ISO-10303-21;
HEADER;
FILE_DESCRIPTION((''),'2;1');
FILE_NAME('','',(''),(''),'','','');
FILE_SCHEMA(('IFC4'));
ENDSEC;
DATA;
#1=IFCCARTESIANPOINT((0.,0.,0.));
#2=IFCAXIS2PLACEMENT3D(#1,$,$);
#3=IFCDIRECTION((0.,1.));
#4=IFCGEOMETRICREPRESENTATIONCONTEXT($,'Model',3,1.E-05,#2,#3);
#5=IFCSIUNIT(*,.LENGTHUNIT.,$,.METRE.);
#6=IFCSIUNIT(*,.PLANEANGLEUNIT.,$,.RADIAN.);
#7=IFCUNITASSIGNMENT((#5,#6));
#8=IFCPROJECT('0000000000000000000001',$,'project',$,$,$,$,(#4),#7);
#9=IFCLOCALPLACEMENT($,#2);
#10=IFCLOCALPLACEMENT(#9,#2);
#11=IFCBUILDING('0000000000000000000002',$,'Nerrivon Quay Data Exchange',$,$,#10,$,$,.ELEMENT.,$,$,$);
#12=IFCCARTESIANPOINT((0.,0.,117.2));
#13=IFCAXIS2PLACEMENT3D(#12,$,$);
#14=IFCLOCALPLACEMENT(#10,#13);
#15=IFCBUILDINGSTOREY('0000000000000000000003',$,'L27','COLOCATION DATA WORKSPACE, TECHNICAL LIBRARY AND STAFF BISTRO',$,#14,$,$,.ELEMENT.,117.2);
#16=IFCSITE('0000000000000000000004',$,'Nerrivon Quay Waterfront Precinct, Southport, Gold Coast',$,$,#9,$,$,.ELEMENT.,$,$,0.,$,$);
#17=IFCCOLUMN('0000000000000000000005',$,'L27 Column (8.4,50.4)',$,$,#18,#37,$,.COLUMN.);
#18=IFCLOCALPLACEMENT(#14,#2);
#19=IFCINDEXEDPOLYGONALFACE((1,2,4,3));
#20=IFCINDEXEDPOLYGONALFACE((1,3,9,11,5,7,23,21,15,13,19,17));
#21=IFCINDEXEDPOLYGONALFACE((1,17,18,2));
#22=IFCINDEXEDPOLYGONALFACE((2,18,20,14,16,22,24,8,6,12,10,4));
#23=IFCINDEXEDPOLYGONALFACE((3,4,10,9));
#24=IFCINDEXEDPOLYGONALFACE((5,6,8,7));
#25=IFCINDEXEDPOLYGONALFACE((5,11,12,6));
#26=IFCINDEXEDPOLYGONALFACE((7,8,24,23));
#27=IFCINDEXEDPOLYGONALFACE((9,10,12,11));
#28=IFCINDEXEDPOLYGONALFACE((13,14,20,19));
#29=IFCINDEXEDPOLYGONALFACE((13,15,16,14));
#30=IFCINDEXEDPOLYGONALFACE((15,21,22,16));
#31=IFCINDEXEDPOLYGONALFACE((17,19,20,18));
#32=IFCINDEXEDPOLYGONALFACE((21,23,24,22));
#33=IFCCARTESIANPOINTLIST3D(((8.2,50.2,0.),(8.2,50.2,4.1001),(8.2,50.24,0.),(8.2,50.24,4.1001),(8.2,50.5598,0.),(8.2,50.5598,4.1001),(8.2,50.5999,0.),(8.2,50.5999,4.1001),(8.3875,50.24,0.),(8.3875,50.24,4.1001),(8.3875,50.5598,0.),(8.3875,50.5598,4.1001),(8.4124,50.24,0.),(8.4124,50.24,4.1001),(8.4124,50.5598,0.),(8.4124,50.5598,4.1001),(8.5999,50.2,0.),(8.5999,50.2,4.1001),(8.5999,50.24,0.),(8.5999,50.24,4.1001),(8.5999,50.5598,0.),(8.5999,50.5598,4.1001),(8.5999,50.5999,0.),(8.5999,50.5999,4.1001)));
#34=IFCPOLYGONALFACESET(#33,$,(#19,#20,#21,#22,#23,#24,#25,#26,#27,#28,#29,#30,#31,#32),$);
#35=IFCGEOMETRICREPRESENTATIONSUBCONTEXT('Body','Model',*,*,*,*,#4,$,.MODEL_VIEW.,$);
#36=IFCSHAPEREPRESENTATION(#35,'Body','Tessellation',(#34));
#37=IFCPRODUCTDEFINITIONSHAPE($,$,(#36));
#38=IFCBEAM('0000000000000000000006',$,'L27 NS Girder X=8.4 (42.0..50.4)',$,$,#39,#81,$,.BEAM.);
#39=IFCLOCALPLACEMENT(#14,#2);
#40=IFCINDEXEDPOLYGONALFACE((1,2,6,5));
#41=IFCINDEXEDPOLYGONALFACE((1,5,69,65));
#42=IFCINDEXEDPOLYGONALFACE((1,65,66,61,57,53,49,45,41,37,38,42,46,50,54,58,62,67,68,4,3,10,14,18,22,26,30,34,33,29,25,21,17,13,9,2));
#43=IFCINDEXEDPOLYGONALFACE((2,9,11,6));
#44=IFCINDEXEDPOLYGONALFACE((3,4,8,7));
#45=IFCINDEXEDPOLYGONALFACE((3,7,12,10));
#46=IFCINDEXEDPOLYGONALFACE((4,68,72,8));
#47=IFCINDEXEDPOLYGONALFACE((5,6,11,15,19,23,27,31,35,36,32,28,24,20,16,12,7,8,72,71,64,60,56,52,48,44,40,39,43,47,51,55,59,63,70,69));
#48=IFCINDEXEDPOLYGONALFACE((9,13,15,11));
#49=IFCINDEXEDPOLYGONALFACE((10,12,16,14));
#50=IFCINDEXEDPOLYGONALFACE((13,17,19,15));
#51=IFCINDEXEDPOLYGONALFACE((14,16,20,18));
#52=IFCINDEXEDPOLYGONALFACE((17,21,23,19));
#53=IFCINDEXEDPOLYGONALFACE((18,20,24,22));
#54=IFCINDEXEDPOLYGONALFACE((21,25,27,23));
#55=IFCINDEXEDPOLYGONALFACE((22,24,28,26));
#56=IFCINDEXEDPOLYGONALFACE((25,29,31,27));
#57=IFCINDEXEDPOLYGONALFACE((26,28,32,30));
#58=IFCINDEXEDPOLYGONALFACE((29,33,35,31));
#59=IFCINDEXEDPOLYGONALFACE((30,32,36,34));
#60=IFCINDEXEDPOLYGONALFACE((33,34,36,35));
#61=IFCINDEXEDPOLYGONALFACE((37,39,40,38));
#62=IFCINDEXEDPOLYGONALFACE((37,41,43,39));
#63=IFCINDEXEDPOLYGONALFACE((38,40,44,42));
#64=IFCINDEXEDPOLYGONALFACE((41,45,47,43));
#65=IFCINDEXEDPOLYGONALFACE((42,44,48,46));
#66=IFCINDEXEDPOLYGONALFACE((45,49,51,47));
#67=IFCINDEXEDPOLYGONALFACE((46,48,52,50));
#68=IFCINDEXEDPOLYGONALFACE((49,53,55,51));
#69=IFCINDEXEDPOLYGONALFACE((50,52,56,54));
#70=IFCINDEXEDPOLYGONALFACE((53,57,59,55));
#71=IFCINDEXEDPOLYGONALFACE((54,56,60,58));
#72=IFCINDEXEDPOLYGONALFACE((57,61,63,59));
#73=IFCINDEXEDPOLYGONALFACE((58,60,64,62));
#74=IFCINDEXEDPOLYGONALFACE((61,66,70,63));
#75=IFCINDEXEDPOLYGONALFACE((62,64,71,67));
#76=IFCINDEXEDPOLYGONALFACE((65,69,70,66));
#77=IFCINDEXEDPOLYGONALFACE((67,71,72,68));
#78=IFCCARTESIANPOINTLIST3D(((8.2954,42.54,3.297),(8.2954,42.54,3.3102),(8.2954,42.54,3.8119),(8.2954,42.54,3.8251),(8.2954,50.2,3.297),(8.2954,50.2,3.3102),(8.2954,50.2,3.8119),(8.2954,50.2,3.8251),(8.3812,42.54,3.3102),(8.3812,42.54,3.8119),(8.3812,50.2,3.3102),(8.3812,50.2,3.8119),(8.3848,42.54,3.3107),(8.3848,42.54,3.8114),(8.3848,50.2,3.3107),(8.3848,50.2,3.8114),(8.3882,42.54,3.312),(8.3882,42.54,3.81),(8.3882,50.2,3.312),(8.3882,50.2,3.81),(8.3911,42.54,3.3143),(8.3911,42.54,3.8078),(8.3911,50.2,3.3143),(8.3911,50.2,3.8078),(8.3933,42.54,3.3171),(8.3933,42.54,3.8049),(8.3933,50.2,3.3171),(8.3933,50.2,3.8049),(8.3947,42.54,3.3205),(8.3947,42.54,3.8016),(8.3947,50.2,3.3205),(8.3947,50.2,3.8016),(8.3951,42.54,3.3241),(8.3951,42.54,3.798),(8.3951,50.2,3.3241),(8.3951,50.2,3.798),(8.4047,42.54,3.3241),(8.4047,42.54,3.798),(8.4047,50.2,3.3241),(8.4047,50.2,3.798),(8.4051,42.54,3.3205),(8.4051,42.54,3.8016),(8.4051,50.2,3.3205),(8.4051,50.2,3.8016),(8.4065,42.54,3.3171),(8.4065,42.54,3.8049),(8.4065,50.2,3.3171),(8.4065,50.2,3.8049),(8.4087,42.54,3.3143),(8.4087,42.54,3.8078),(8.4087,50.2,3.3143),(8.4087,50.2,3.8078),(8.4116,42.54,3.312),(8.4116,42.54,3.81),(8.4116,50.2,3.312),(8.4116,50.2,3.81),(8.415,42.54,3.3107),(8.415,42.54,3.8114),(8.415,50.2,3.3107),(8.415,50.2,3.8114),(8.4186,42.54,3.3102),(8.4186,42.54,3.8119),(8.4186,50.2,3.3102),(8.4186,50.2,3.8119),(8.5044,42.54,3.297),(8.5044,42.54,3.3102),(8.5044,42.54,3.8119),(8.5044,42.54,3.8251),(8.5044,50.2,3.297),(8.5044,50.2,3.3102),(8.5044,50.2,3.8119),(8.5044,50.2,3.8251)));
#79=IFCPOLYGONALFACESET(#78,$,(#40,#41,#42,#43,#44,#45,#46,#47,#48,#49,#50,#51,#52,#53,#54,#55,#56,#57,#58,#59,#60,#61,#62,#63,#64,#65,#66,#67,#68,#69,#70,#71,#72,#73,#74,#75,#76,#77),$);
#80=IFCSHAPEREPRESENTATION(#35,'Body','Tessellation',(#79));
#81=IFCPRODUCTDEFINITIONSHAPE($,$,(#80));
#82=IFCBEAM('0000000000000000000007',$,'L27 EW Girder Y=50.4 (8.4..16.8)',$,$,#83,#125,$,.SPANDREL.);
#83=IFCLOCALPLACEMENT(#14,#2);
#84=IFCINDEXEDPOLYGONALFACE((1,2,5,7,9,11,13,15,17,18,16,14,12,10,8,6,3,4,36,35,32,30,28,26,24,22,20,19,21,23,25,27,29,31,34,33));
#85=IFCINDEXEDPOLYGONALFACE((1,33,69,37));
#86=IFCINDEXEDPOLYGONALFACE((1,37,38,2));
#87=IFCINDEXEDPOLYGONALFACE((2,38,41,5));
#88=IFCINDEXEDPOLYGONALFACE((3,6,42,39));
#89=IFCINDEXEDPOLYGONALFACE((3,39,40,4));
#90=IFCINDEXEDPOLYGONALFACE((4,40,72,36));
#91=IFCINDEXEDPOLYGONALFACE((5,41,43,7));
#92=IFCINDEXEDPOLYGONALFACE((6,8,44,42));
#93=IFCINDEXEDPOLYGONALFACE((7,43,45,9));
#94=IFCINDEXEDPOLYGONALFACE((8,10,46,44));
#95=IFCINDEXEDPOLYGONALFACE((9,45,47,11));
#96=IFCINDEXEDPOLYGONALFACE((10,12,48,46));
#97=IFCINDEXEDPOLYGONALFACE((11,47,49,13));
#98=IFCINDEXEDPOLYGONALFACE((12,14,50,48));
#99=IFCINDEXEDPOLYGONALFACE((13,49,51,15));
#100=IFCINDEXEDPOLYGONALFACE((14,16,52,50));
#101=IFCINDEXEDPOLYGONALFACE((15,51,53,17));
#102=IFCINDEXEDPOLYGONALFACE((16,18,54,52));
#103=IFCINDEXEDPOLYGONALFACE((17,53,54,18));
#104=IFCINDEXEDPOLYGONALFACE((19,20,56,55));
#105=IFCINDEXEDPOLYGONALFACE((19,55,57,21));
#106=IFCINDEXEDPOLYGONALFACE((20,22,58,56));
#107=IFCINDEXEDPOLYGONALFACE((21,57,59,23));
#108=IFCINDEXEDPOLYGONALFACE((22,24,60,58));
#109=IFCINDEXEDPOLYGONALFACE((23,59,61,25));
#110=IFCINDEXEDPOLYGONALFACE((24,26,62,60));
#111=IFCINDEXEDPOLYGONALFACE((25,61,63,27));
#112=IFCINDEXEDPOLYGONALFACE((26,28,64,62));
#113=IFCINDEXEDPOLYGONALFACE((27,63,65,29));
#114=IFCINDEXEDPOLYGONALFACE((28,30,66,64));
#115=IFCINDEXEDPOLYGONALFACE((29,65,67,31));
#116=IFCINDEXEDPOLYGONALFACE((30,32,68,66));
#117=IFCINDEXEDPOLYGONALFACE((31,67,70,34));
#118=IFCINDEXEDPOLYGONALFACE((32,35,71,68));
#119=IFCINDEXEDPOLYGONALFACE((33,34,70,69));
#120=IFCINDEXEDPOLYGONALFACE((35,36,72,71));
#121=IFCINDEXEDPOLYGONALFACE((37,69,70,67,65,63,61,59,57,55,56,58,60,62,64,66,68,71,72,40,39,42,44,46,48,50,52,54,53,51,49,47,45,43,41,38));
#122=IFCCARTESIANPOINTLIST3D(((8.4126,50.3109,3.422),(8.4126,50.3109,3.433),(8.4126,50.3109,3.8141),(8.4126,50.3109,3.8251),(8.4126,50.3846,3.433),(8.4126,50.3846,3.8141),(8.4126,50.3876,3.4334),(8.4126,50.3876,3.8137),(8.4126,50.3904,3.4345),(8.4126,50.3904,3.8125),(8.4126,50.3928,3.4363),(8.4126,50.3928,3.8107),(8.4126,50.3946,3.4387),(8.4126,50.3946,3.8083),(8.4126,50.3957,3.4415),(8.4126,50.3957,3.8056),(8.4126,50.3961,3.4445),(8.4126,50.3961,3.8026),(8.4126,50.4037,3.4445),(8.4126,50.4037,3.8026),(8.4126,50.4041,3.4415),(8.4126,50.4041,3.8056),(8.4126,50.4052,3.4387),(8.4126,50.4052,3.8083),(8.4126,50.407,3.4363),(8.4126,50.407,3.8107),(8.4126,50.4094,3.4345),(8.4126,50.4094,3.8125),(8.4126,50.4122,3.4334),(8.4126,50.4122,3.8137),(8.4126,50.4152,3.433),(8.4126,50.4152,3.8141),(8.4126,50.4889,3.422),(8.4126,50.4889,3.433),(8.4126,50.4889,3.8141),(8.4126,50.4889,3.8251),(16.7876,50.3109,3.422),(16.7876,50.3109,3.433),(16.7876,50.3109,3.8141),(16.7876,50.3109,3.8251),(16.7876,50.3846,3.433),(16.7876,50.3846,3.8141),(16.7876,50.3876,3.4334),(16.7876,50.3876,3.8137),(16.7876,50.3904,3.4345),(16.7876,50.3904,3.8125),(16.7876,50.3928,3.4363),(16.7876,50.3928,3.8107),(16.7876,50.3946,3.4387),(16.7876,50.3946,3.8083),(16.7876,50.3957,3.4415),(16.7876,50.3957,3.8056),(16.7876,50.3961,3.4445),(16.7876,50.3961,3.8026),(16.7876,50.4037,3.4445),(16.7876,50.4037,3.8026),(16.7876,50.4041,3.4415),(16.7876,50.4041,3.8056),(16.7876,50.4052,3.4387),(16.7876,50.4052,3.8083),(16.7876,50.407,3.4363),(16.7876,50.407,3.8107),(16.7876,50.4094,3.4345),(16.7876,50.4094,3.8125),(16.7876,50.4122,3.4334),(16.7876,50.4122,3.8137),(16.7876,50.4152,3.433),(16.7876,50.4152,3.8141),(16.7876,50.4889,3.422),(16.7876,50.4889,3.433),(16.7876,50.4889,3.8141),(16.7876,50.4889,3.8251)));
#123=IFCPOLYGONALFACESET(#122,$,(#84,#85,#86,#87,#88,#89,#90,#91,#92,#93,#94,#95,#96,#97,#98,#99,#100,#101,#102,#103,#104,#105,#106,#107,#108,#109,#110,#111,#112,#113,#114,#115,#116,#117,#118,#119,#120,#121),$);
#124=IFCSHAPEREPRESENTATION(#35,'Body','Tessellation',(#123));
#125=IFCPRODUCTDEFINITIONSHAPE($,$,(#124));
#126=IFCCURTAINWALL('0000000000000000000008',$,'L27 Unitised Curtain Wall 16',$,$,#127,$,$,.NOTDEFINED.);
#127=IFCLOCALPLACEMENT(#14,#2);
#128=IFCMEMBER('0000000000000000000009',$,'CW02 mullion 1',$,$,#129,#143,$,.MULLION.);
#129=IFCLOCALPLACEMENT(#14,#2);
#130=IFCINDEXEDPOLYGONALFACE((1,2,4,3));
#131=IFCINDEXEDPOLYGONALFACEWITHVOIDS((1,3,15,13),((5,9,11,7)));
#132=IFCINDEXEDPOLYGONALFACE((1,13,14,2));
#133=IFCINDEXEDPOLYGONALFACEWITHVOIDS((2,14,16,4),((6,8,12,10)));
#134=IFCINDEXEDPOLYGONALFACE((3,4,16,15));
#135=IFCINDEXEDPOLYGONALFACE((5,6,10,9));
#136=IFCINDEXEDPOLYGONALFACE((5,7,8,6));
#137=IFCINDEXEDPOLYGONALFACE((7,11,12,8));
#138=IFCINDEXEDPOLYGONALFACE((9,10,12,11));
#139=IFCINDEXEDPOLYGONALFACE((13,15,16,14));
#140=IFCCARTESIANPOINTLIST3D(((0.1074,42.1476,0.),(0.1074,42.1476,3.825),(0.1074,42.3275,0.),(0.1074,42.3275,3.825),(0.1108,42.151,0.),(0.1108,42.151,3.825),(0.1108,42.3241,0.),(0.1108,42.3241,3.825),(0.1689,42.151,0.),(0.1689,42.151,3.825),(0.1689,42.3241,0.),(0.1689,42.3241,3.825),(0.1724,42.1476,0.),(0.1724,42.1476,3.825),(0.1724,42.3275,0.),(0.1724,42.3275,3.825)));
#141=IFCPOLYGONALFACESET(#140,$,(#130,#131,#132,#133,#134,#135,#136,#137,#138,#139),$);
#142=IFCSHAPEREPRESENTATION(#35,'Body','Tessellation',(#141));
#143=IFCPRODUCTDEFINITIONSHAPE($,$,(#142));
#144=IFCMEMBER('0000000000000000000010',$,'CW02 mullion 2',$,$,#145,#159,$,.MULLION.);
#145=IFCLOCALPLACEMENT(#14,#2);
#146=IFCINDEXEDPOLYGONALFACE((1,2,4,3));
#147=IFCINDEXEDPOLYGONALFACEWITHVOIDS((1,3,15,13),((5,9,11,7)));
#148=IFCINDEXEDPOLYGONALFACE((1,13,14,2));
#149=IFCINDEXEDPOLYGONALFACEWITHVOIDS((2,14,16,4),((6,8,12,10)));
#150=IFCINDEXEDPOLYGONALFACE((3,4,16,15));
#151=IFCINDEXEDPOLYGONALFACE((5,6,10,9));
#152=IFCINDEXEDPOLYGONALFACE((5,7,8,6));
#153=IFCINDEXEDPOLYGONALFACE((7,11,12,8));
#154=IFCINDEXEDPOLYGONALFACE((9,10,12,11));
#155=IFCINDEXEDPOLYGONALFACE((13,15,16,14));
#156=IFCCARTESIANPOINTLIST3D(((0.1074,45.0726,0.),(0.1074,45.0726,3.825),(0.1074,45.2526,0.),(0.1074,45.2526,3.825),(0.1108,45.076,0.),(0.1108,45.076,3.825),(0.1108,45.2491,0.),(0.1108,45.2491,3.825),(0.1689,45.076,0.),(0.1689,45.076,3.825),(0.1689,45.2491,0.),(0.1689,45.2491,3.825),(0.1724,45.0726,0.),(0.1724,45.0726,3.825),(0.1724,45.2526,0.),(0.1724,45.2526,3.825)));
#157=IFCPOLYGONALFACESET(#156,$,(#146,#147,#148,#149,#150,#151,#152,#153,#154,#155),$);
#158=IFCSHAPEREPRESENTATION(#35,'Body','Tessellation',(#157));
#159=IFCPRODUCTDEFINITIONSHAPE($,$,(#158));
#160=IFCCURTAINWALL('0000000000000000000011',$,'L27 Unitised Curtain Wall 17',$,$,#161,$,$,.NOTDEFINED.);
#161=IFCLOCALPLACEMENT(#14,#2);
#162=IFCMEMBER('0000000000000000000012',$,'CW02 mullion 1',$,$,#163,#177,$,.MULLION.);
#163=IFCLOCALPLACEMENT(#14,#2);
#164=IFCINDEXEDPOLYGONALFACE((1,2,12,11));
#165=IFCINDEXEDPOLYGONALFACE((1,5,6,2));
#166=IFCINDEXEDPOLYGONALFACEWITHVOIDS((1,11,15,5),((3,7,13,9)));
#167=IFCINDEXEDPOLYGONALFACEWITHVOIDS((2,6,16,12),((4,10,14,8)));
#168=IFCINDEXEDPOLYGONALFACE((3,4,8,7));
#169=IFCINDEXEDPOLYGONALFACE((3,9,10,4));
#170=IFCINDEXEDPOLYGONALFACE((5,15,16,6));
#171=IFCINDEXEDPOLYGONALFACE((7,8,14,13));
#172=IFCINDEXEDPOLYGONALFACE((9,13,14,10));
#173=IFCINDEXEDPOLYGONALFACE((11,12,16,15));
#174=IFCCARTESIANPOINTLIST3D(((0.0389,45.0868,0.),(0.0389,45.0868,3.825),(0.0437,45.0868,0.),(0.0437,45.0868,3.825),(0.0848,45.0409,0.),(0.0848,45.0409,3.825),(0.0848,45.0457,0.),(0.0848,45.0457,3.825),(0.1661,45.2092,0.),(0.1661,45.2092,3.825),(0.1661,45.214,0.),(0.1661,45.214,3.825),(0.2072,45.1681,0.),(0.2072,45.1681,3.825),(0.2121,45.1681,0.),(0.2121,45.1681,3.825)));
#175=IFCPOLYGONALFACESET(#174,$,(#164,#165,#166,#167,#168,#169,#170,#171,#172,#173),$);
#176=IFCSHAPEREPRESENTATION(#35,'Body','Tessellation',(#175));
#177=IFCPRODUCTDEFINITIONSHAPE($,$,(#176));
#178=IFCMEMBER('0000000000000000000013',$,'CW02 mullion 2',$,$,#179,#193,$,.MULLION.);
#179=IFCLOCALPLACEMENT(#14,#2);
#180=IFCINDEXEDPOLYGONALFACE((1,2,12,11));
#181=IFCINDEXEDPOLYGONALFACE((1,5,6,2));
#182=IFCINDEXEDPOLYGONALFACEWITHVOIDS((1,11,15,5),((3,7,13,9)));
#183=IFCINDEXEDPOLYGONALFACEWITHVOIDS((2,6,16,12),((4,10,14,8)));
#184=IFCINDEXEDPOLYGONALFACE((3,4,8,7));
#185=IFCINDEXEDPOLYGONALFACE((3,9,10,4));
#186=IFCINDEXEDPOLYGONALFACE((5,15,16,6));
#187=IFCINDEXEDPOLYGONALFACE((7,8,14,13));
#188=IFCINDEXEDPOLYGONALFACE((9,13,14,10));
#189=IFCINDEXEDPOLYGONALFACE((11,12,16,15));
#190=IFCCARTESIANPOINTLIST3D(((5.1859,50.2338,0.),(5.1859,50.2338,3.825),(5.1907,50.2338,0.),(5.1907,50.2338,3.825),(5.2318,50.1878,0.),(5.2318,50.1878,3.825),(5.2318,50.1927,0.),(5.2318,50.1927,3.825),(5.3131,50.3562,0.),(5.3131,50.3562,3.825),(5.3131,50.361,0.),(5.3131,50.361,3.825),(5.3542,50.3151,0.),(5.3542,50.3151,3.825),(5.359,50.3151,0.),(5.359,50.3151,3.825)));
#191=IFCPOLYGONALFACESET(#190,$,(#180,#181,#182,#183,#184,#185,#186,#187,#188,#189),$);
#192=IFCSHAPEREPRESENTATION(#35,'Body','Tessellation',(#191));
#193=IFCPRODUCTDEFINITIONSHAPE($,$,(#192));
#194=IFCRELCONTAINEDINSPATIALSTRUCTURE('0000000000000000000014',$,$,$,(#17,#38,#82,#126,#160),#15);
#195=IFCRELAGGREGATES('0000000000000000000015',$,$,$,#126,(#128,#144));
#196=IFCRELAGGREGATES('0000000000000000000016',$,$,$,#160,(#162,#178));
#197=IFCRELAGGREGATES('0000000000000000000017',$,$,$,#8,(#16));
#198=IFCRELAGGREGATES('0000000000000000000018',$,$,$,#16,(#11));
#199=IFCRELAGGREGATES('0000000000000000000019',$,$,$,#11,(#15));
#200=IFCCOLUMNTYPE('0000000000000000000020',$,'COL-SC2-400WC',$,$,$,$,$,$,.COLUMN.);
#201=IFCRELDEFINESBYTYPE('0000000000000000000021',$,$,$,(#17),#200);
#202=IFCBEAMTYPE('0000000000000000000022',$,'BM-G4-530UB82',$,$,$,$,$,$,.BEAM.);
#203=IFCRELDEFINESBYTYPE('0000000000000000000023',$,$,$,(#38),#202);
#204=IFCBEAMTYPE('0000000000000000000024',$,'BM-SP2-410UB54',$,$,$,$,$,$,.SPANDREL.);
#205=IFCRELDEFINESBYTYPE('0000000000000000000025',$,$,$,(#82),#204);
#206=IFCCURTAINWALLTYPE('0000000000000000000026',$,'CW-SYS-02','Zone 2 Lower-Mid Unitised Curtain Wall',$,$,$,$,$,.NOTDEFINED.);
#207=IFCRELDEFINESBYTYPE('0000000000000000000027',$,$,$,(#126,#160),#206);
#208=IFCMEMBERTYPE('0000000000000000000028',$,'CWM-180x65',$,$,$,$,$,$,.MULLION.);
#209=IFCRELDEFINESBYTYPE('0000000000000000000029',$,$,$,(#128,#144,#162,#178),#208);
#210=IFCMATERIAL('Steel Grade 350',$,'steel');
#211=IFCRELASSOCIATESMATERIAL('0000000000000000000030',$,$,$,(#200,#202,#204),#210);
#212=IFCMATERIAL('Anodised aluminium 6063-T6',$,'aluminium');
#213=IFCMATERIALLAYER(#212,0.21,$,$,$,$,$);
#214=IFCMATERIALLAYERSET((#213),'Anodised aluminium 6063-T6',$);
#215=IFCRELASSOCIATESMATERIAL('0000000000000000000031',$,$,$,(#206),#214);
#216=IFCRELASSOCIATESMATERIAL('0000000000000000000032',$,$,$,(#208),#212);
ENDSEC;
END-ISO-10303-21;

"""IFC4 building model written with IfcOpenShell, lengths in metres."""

from ifc_helpers import new_model, si_unit, direction, frame, origin, origin_2d, place, context, subcontext, project, spatial, hollow_rectangle, i_section, extrude, material, layer, layer_set, material_profile, profile_set, type_object, element, aggregate, save


model = new_model("IFC4")

# Units and contexts
model_context = context("Model", 3, precision=1e-05, world=origin(), true_north=direction((0.0, 1.0)))
body_context = subcontext(model_context, "Body", "Model", "MODEL_VIEW")
ifc_project = project(units=[si_unit("LENGTHUNIT", "METRE"), si_unit("PLANEANGLEUNIT", "RADIAN")], contexts=[model_context])

# Site, building, storey
site_placement = place(None, origin())
site = spatial("IfcSite", under=ifc_project, at=site_placement, Name="Nerrivon Quay Waterfront Precinct, Southport, Gold Coast", CompositionType="ELEMENT", RefElevation=0.0)
building_placement = place(site_placement, origin())
building = spatial("IfcBuilding", under=site, at=building_placement, Name="Nerrivon Quay Data Exchange", CompositionType="ELEMENT")
storey_placement = place(building_placement, frame((0.0, 0.0, 117.2)))
storey = spatial("IfcBuildingStorey", under=building, at=storey_placement, Name="L27", Description="COLOCATION DATA WORKSPACE, TECHNICAL LIBRARY AND STAFF BISTRO", CompositionType="ELEMENT", Elevation=117.2)

# Column
ifc_material_1 = material(Name="Steel Grade 350", Category="steel")
ifc_material_profile_1 = material_profile(ifc_material_1, i_section(OverallWidth=0.3999, OverallDepth=0.3999, WebThickness=0.0249, FlangeThickness=0.04, at=origin_2d()), Name="400WC328")
ifc_profile_set_1 = profile_set([ifc_material_profile_1], Name="Steel Grade 350")
column_type = type_object("IfcColumnType", Name="COL-SC2-400WC", PredefinedType="COLUMN", material=ifc_profile_set_1)
column_placement = place(storey_placement, frame((8.3999, 50.3999, 0.0), z_axis=(0.0, 0.0, 1.0), x_axis=(1.0, 0.0, 0.0)))
element("IfcColumn", 1, at=column_placement, inside=storey, type_object=column_type, Name="L27 Column (8.4,50.4)", PredefinedType="COLUMN", context=body_context, shape_type="SweptSolid", body=[
    extrude(i_section(OverallWidth=0.3999, OverallDepth=0.3999, WebThickness=0.0249, FlangeThickness=0.04, at=origin_2d()), origin(), (0.0, 0.0, 1.0), 4.1001),
])

# Beams
ifc_material_profile_2 = material_profile(ifc_material_1, i_section(OverallWidth=0.209, OverallDepth=0.5281, WebThickness=0.0095, FlangeThickness=0.0132, FilletRadius=0.0139, at=origin_2d()), Name="530UB82.0")
ifc_profile_set_2 = profile_set([ifc_material_profile_2], Name="Steel Grade 350")
beam_type_1 = type_object("IfcBeamType", Name="BM-G4-530UB82", PredefinedType="BEAM", material=ifc_profile_set_2)
beam_1_placement = place(storey_placement, frame((8.3999, 42.54, 3.561), z_axis=(0.0, 1.0, 0.0), x_axis=(-1.0, 0.0, 0.0)))
element("IfcBeam", 2, at=beam_1_placement, inside=storey, type_object=beam_type_1, Name="L27 NS Girder X=8.4 (42.0..50.4)", PredefinedType="BEAM", context=body_context, shape_type="SweptSolid", body=[
    extrude(i_section(OverallWidth=0.209, OverallDepth=0.5281, WebThickness=0.0095, FlangeThickness=0.0132, FilletRadius=0.0139, at=origin_2d()), origin(), (0.0, 0.0, 1.0), 7.6599),
])
ifc_material_profile_3 = material_profile(ifc_material_1, i_section(OverallWidth=0.178, OverallDepth=0.4031, WebThickness=0.0076, FlangeThickness=0.011, FilletRadius=0.0115, at=origin_2d()), Name="410UB53.7")
ifc_profile_set_3 = profile_set([ifc_material_profile_3], Name="Steel Grade 350")
beam_type_2 = type_object("IfcBeamType", Name="BM-SP2-410UB54", PredefinedType="SPANDREL", material=ifc_profile_set_3)
beam_2_placement = place(storey_placement, frame((8.4126, 50.3999, 3.6235), z_axis=(1.0, 0.0, 0.0), x_axis=(0.0, 1.0, 0.0)))
element("IfcBeam", 3, at=beam_2_placement, inside=storey, type_object=beam_type_2, Name="L27 EW Girder Y=50.4 (8.4..16.8)", PredefinedType="SPANDREL", context=body_context, shape_type="SweptSolid", body=[
    extrude(i_section(OverallWidth=0.178, OverallDepth=0.4031, WebThickness=0.0076, FlangeThickness=0.011, FilletRadius=0.0115, at=origin_2d()), origin(), (0.0, 0.0, 1.0), 8.375),
])

# Curtain walls, members
ifc_material_2 = material(Name="Anodised aluminium 6063-T6", Category="aluminium")
ifc_layer_1 = layer(ifc_material_2, 0.21)
ifc_layer_set_1 = layer_set([ifc_layer_1], Name="Anodised aluminium 6063-T6")
curtain_wall_type = type_object("IfcCurtainWallType", Name="CW-SYS-02", Description="Zone 2 Lower-Mid Unitised Curtain Wall", PredefinedType="NOTDEFINED", material=ifc_layer_set_1)
curtain_wall_1_placement = place(storey_placement, origin())
curtain_wall_1 = element("IfcCurtainWall", 4, at=curtain_wall_1_placement, inside=storey, type_object=curtain_wall_type, Name="L27 Unitised Curtain Wall 16", PredefinedType="NOTDEFINED")
ifc_material_profile_4 = material_profile(ifc_material_2, hollow_rectangle(XDim=0.0649, YDim=0.1799, WallThickness=0.0034, at=origin_2d()), Name="ALU-MULL-180x65")
ifc_profile_set_4 = profile_set([ifc_material_profile_4], Name="Anodised aluminium 6063-T6")
member_type_1 = type_object("IfcMemberType", Name="CWM-180x65", PredefinedType="MULLION", material=ifc_profile_set_4)
member_1_placement = place(storey_placement, frame((0.1399, 42.2375, 0.0), z_axis=(0.0, 0.0, 1.0), x_axis=(-1.0, 0.0, 0.0)))
member_1 = element("IfcMember", 5, at=member_1_placement, type_object=member_type_1, Name="CW02 mullion 1", PredefinedType="MULLION", context=body_context, shape_type="SweptSolid", body=[
    extrude(hollow_rectangle(XDim=0.0649, YDim=0.1799, WallThickness=0.0034, at=origin_2d()), origin(), (0.0, 0.0, 1.0), 3.825),
])
member_2_placement = place(storey_placement, frame((0.1399, 45.1626, 0.0), z_axis=(0.0, 0.0, 1.0), x_axis=(-1.0, 0.0, 0.0)))
member_2 = element("IfcMember", 6, at=member_2_placement, type_object=member_type_1, Name="CW02 mullion 2", PredefinedType="MULLION", context=body_context, shape_type="SweptSolid", body=[
    extrude(hollow_rectangle(XDim=0.0649, YDim=0.1799, WallThickness=0.0034, at=origin_2d()), origin(), (0.0, 0.0, 1.0), 3.825),
])
curtain_wall_2_placement = place(storey_placement, origin())
curtain_wall_2 = element("IfcCurtainWall", 7, at=curtain_wall_2_placement, inside=storey, type_object=curtain_wall_type, Name="L27 Unitised Curtain Wall 17", PredefinedType="NOTDEFINED")
member_3_placement = place(storey_placement, frame((0.1255, 45.1274, 0.0), z_axis=(0.0, 0.0, 1.0), x_axis=(-0.707107, 0.707107, 0.0)))
member_3 = element("IfcMember", 8, at=member_3_placement, type_object=member_type_1, Name="CW02 mullion 1", PredefinedType="MULLION", context=body_context, shape_type="SweptSolid", body=[
    extrude(hollow_rectangle(XDim=0.0649, YDim=0.1799, WallThickness=0.0034, at=origin_2d()), origin(), (0.0, 0.0, 1.0), 3.825),
])
member_4_placement = place(storey_placement, frame((5.2725, 50.2744, 0.0), z_axis=(0.0, 0.0, 1.0), x_axis=(-0.707107, 0.707107, 0.0)))
member_4 = element("IfcMember", 9, at=member_4_placement, type_object=member_type_1, Name="CW02 mullion 2", PredefinedType="MULLION", context=body_context, shape_type="SweptSolid", body=[
    extrude(hollow_rectangle(XDim=0.0649, YDim=0.1799, WallThickness=0.0034, at=origin_2d()), origin(), (0.0, 0.0, 1.0), 3.825),
])

aggregate(curtain_wall_1, [member_1, member_2])
aggregate(curtain_wall_2, [member_3, member_4])

save(model, "model.ifc")
